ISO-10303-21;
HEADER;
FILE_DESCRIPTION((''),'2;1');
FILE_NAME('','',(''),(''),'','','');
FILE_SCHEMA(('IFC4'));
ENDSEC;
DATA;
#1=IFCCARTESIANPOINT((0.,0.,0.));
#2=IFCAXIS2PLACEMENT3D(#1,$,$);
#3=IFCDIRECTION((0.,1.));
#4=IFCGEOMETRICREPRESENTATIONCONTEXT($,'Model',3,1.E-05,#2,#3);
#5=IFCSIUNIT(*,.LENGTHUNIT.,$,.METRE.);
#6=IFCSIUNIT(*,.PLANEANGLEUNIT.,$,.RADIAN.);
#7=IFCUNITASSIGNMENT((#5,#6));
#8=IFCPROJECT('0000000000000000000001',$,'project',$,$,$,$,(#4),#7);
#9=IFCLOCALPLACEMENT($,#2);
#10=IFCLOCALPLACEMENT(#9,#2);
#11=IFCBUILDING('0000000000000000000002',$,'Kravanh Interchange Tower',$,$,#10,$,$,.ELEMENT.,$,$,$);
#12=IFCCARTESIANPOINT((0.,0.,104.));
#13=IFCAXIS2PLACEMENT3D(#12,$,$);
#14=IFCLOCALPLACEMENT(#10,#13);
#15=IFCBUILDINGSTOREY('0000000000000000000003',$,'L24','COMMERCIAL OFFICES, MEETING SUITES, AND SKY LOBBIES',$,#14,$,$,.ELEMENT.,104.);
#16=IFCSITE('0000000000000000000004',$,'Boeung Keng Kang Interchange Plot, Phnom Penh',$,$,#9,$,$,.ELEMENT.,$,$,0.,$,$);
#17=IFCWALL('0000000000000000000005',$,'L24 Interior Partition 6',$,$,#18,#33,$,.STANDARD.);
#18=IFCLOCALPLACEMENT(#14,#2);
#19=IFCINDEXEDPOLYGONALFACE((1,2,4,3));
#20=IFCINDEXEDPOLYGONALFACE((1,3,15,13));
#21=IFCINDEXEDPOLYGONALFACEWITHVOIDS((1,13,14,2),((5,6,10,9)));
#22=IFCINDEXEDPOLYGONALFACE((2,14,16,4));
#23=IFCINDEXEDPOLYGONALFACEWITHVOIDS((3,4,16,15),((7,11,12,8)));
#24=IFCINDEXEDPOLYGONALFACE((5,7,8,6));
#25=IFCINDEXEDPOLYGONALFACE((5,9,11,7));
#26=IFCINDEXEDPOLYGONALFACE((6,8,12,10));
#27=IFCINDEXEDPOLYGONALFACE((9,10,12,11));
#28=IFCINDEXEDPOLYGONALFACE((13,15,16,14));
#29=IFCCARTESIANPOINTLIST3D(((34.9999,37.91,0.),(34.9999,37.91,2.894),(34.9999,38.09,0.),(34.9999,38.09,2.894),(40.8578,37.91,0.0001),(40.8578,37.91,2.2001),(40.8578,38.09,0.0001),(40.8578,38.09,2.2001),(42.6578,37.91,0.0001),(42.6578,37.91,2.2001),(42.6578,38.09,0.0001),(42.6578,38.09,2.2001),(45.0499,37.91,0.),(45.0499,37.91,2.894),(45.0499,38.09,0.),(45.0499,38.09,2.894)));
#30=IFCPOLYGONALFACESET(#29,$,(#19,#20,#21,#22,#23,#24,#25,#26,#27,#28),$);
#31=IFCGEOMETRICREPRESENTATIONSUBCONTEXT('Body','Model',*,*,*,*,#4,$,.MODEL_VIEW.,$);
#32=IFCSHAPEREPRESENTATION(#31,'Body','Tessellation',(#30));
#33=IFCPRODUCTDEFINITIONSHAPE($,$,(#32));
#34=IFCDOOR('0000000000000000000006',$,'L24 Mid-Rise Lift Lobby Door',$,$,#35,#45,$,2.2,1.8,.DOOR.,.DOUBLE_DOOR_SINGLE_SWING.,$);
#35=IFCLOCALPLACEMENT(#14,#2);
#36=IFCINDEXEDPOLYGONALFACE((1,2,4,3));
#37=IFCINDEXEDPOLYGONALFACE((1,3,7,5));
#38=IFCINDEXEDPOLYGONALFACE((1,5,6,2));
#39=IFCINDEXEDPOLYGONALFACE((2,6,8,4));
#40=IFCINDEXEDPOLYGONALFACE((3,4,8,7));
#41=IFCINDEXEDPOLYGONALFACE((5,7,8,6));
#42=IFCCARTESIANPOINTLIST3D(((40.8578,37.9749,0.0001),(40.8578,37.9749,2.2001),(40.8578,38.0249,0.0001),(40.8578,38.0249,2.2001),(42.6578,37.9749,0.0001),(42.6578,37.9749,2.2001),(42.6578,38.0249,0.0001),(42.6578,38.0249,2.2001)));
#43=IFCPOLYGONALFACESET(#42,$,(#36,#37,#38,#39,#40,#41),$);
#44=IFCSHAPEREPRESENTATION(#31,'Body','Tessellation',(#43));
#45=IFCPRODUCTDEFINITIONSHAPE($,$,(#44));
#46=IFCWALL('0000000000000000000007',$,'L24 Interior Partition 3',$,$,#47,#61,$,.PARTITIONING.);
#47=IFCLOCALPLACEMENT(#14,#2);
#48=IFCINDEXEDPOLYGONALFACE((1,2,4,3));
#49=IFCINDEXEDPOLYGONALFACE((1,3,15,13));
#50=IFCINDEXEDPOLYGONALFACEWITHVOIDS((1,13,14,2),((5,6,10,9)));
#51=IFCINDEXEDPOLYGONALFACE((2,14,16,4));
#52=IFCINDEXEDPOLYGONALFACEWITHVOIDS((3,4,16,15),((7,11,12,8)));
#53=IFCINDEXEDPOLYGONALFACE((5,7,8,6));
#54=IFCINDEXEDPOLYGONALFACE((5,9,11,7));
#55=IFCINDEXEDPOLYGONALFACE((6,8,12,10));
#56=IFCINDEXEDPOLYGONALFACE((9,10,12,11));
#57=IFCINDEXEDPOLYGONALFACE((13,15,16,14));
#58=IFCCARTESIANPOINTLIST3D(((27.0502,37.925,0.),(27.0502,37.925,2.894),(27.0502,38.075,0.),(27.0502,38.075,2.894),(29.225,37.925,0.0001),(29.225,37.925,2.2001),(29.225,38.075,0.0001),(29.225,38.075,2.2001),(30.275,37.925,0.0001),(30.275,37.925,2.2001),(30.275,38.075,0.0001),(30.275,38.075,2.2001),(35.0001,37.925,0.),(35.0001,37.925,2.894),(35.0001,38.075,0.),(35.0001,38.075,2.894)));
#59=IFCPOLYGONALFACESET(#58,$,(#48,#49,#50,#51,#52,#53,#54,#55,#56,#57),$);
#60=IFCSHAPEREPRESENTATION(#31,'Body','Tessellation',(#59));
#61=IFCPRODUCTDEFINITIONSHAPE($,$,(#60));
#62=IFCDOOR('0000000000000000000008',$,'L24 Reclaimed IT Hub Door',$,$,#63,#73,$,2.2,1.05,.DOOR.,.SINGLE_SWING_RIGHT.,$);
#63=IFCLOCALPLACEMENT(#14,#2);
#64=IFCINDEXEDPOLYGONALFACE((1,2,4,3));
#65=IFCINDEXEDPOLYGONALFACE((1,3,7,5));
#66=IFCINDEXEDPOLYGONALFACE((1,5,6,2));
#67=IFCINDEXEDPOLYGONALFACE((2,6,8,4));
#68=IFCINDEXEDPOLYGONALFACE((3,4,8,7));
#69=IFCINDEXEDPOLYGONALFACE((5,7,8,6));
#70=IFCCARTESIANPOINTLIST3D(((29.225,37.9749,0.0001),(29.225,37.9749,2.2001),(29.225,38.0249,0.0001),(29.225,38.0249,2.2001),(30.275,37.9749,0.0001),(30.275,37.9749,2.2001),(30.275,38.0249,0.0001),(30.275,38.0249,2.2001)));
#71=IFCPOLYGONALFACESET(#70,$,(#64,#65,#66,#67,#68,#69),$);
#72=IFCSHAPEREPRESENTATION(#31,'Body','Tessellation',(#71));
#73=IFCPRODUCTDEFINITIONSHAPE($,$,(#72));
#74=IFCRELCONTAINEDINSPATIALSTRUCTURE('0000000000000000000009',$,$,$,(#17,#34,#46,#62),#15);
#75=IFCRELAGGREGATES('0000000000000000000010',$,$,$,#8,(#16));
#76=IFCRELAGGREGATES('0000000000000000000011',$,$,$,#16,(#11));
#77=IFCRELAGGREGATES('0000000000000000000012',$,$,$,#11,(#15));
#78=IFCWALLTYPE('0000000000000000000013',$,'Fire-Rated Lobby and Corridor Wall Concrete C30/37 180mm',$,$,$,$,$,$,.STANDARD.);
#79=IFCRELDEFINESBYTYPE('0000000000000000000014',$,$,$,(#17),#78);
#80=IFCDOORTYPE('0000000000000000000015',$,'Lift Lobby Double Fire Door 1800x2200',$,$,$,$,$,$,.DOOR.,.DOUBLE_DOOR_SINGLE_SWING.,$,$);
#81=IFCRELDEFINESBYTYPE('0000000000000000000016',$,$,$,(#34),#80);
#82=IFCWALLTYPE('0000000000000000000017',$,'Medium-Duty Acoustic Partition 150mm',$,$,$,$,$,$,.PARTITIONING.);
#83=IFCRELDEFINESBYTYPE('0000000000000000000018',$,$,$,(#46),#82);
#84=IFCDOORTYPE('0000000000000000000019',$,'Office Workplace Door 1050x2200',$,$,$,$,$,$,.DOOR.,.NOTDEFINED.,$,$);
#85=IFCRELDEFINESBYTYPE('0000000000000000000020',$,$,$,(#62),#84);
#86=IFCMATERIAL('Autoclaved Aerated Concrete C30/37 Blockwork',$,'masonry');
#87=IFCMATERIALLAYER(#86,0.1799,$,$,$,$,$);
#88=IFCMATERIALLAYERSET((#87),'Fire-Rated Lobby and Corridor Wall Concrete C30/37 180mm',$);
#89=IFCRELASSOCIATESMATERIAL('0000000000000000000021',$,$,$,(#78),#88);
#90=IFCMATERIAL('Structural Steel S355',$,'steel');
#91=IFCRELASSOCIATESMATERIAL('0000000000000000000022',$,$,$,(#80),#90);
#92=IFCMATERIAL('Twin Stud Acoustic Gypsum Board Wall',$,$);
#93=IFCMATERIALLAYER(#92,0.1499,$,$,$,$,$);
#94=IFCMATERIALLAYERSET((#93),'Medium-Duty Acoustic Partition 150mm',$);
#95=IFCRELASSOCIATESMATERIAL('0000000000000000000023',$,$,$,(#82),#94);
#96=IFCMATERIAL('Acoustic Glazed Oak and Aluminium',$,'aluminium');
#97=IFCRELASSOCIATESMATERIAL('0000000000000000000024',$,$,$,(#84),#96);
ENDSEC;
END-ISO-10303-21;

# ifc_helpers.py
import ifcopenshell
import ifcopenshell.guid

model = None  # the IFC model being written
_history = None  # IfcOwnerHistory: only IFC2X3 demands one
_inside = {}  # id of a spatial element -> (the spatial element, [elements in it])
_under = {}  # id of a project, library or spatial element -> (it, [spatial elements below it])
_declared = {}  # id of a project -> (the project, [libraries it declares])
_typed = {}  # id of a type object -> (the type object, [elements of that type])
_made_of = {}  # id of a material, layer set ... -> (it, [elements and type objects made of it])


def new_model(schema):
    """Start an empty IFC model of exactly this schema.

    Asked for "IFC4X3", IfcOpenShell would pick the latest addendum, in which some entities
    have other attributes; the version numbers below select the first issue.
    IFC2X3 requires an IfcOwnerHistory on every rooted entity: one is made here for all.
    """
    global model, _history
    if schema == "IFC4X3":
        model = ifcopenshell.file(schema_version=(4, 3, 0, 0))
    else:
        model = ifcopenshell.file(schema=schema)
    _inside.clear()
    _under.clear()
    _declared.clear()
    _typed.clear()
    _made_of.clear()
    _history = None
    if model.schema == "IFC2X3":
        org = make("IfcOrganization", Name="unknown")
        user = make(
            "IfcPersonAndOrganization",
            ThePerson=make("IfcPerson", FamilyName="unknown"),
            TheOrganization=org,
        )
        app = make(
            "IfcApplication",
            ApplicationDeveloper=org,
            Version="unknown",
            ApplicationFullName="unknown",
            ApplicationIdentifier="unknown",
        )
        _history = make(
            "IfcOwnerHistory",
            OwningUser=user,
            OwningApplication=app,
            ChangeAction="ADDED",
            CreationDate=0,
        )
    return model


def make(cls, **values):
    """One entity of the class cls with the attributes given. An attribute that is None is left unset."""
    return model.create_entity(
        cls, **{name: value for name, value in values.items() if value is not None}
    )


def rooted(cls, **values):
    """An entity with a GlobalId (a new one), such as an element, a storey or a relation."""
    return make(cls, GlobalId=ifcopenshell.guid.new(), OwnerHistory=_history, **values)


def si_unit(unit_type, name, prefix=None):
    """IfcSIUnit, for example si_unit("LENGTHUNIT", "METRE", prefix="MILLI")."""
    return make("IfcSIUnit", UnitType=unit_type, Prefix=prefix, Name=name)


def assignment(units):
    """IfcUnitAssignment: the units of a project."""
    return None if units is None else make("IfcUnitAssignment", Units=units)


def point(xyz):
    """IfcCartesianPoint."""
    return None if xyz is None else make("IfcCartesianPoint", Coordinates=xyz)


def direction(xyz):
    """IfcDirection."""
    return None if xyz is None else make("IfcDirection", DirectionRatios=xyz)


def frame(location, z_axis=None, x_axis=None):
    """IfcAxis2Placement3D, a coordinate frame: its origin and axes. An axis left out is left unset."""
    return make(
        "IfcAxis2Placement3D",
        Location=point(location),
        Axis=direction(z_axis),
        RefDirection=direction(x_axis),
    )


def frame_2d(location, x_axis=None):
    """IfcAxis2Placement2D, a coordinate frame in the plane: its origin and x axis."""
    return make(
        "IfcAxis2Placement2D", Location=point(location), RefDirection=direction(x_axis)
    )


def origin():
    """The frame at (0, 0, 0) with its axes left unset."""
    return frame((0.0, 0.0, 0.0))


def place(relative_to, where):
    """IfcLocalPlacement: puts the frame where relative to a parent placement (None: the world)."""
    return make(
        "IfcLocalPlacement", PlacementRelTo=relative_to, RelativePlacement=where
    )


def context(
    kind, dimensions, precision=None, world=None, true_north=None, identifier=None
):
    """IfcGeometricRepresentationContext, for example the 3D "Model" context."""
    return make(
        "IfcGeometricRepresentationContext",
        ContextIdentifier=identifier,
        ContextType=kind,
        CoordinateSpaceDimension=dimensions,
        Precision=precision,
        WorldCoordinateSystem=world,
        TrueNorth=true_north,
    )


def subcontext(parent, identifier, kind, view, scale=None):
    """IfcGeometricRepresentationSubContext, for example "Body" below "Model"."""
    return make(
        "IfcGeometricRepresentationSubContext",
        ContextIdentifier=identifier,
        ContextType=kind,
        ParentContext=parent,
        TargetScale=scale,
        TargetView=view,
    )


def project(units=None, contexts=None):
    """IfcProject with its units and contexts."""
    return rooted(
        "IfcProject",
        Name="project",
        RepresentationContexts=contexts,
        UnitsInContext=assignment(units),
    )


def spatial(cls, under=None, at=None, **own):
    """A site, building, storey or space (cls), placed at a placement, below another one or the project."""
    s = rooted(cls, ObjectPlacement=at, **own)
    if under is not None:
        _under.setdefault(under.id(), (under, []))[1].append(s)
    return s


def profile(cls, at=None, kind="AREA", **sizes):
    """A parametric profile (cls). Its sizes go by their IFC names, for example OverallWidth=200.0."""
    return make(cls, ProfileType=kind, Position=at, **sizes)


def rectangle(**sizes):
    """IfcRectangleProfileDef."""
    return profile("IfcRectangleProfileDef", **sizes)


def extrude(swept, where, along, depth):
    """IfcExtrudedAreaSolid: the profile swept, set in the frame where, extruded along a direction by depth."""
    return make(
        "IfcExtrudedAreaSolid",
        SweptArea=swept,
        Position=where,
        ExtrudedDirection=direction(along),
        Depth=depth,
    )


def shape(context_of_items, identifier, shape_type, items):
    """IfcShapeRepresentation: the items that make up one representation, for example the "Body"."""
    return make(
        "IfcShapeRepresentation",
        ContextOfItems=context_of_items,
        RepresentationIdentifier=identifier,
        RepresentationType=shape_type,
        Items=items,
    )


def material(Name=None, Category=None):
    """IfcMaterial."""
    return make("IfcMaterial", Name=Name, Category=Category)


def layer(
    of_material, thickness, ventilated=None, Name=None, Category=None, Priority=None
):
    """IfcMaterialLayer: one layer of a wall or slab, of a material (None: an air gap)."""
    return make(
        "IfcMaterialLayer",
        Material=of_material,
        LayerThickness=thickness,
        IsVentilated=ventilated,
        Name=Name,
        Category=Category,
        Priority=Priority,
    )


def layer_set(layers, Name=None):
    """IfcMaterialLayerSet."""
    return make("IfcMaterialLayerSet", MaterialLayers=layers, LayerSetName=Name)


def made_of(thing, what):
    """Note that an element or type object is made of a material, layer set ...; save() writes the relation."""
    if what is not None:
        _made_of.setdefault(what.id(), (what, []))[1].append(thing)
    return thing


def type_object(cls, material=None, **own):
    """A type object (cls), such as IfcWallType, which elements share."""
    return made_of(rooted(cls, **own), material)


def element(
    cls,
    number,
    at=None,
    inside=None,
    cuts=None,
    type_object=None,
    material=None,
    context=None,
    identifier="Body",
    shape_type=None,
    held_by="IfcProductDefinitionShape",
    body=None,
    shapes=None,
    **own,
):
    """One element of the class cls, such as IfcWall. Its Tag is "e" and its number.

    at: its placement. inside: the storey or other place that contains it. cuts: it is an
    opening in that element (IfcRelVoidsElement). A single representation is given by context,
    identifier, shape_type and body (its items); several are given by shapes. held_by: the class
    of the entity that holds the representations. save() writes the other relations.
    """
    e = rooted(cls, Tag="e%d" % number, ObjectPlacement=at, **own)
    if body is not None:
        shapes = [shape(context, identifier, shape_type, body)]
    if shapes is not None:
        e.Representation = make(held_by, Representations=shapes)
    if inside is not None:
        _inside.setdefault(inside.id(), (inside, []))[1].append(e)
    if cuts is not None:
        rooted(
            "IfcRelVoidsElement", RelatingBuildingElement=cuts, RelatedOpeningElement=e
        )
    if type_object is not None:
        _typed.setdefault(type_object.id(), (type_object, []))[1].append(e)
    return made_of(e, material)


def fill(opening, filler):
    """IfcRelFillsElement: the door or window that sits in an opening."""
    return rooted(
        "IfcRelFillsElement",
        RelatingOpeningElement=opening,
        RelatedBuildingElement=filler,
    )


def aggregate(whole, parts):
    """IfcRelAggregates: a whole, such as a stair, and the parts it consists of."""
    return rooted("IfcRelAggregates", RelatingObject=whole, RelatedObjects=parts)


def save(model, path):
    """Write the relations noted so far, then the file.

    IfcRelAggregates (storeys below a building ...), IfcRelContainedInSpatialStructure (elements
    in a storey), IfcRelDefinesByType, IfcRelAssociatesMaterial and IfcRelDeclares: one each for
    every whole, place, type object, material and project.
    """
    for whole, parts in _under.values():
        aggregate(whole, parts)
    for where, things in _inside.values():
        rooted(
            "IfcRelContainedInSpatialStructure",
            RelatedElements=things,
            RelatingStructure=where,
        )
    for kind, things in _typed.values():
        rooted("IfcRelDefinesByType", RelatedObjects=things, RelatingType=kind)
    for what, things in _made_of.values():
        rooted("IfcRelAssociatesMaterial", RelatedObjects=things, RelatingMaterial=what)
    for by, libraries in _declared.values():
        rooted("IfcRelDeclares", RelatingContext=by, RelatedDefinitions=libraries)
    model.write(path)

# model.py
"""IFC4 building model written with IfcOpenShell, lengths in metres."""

from ifc_helpers import new_model, si_unit, direction, frame, frame_2d, origin, place, context, subcontext, project, spatial, rectangle, extrude, material, layer, layer_set, type_object, element, fill, save


model = new_model("IFC4")

# Units and contexts
model_context = context("Model", 3, precision=1e-05, world=origin(), true_north=direction((0.0, 1.0)))
body_context = subcontext(model_context, "Body", "Model", "MODEL_VIEW")
ifc_project = project(units=[si_unit("LENGTHUNIT", "METRE"), si_unit("PLANEANGLEUNIT", "RADIAN")], contexts=[model_context])

# Site, building, storey
site_placement = place(None, origin())
site = spatial("IfcSite", under=ifc_project, at=site_placement, Name="Boeung Keng Kang Interchange Plot, Phnom Penh", CompositionType="ELEMENT", RefElevation=0.0)
building_placement = place(site_placement, origin())
building = spatial("IfcBuilding", under=site, at=building_placement, Name="Kravanh Interchange Tower", CompositionType="ELEMENT")
storey_placement = place(building_placement, frame((0.0, 0.0, 104.0)))
storey = spatial("IfcBuildingStorey", under=building, at=storey_placement, Name="L24", Description="COMMERCIAL OFFICES, MEETING SUITES, AND SKY LOBBIES", CompositionType="ELEMENT", Elevation=104.0)

# Shared definitions
ifc_material_1 = material(Name="Autoclaved Aerated Concrete C30/37 Blockwork", Category="masonry")
ifc_layer_1 = layer(ifc_material_1, 0.1799)
ifc_layer_set_1 = layer_set([ifc_layer_1], Name="Fire-Rated Lobby and Corridor Wall Concrete C30/37 180mm")
wall_type_1 = type_object("IfcWallType", Name="Fire-Rated Lobby and Corridor Wall Concrete C30/37 180mm", PredefinedType="STANDARD", material=ifc_layer_set_1)

# Walls, openings, doors
wall_1_placement = place(storey_placement, frame((35.0, 38.0, 0.0), z_axis=(0.0, 0.0, 1.0), x_axis=(1.0, 0.0, 0.0)))
wall_1 = element("IfcWall", 1, at=wall_1_placement, inside=storey, type_object=wall_type_1, Name="L24 Interior Partition 6", PredefinedType="STANDARD", context=body_context, shape_type="SweptSolid", body=[
    extrude(rectangle(XDim=10.05, YDim=0.1799, at=frame_2d((5.0249, 0.0))), origin(), (0.0, 0.0, 1.0), 2.894),
])
opening_1_placement = place(wall_1_placement, frame((5.8579, 0.0, 0.0)))
opening_1 = element("IfcOpeningElement", 2, at=opening_1_placement, cuts=wall_1, PredefinedType="OPENING", context=body_context, shape_type="SweptSolid", body=[
    extrude(rectangle(XDim=1.8, YDim=2.2, at=frame_2d((0.8999, 1.1001))), frame((0.0, 0.1001, 0.0), z_axis=(0.0, -1.0, 0.0), x_axis=(1.0, 0.0, 0.0)), (0.0, 0.0, 1.0), 0.2),
])
ifc_material_2 = material(Name="Structural Steel S355", Category="steel")
door_type_1 = type_object("IfcDoorType", Name="Lift Lobby Double Fire Door 1800x2200", OperationType="DOUBLE_DOOR_SINGLE_SWING", PredefinedType="DOOR", material=ifc_material_2)
door_1_placement = place(opening_1_placement, origin())
door_1 = element("IfcDoor", 3, at=door_1_placement, inside=storey, type_object=door_type_1, Name="L24 Mid-Rise Lift Lobby Door", OperationType="DOUBLE_DOOR_SINGLE_SWING", OverallHeight=2.2, OverallWidth=1.8, PredefinedType="DOOR", context=body_context, shape_type="SweptSolid", body=[
    extrude(rectangle(XDim=1.8, YDim=2.2, at=frame_2d((0.8999, 1.1001))), frame((0.0, 0.0249, 0.0), z_axis=(0.0, -1.0, 0.0), x_axis=(1.0, 0.0, 0.0)), (0.0, 0.0, 1.0), 0.05),
])
fill(opening_1, door_1)
ifc_material_3 = material(Name="Twin Stud Acoustic Gypsum Board Wall")
ifc_layer_2 = layer(ifc_material_3, 0.1499)
ifc_layer_set_2 = layer_set([ifc_layer_2], Name="Medium-Duty Acoustic Partition 150mm")
wall_type_2 = type_object("IfcWallType", Name="Medium-Duty Acoustic Partition 150mm", PredefinedType="PARTITIONING", material=ifc_layer_set_2)
wall_2_placement = place(storey_placement, frame((27.05, 38.0, 0.0), z_axis=(0.0, 0.0, 1.0), x_axis=(1.0, 0.0, 0.0)))
wall_2 = element("IfcWall", 4, at=wall_2_placement, inside=storey, type_object=wall_type_2, Name="L24 Interior Partition 3", PredefinedType="PARTITIONING", context=body_context, shape_type="SweptSolid", body=[
    extrude(rectangle(XDim=7.95, YDim=0.1499, at=frame_2d((3.9751, 0.0))), origin(), (0.0, 0.0, 1.0), 2.894),
])
opening_2_placement = place(wall_2_placement, frame((2.175, 0.0, 0.0)))
opening_2 = element("IfcOpeningElement", 5, at=opening_2_placement, cuts=wall_2, PredefinedType="OPENING", context=body_context, shape_type="SweptSolid", body=[
    extrude(rectangle(XDim=1.05, YDim=2.2, at=frame_2d((0.5249, 1.1001))), frame((0.0, 0.085, 0.0), z_axis=(0.0, -1.0, 0.0), x_axis=(1.0, 0.0, 0.0)), (0.0, 0.0, 1.0), 0.1699),
])
ifc_material_4 = material(Name="Acoustic Glazed Oak and Aluminium", Category="aluminium")
door_type_2 = type_object("IfcDoorType", Name="Office Workplace Door 1050x2200", OperationType="NOTDEFINED", PredefinedType="DOOR", material=ifc_material_4)
door_2_placement = place(opening_2_placement, origin())
door_2 = element("IfcDoor", 6, at=door_2_placement, inside=storey, type_object=door_type_2, Name="L24 Reclaimed IT Hub Door", OperationType="SINGLE_SWING_RIGHT", OverallHeight=2.2, OverallWidth=1.05, PredefinedType="DOOR", context=body_context, shape_type="SweptSolid", body=[
    extrude(rectangle(XDim=1.05, YDim=2.2, at=frame_2d((0.5249, 1.1001))), frame((0.0, 0.0249, 0.0), z_axis=(0.0, -1.0, 0.0), x_axis=(1.0, 0.0, 0.0)), (0.0, 0.0, 1.0), 0.05),
])
fill(opening_2, door_2)

save(model, "model.ifc")
